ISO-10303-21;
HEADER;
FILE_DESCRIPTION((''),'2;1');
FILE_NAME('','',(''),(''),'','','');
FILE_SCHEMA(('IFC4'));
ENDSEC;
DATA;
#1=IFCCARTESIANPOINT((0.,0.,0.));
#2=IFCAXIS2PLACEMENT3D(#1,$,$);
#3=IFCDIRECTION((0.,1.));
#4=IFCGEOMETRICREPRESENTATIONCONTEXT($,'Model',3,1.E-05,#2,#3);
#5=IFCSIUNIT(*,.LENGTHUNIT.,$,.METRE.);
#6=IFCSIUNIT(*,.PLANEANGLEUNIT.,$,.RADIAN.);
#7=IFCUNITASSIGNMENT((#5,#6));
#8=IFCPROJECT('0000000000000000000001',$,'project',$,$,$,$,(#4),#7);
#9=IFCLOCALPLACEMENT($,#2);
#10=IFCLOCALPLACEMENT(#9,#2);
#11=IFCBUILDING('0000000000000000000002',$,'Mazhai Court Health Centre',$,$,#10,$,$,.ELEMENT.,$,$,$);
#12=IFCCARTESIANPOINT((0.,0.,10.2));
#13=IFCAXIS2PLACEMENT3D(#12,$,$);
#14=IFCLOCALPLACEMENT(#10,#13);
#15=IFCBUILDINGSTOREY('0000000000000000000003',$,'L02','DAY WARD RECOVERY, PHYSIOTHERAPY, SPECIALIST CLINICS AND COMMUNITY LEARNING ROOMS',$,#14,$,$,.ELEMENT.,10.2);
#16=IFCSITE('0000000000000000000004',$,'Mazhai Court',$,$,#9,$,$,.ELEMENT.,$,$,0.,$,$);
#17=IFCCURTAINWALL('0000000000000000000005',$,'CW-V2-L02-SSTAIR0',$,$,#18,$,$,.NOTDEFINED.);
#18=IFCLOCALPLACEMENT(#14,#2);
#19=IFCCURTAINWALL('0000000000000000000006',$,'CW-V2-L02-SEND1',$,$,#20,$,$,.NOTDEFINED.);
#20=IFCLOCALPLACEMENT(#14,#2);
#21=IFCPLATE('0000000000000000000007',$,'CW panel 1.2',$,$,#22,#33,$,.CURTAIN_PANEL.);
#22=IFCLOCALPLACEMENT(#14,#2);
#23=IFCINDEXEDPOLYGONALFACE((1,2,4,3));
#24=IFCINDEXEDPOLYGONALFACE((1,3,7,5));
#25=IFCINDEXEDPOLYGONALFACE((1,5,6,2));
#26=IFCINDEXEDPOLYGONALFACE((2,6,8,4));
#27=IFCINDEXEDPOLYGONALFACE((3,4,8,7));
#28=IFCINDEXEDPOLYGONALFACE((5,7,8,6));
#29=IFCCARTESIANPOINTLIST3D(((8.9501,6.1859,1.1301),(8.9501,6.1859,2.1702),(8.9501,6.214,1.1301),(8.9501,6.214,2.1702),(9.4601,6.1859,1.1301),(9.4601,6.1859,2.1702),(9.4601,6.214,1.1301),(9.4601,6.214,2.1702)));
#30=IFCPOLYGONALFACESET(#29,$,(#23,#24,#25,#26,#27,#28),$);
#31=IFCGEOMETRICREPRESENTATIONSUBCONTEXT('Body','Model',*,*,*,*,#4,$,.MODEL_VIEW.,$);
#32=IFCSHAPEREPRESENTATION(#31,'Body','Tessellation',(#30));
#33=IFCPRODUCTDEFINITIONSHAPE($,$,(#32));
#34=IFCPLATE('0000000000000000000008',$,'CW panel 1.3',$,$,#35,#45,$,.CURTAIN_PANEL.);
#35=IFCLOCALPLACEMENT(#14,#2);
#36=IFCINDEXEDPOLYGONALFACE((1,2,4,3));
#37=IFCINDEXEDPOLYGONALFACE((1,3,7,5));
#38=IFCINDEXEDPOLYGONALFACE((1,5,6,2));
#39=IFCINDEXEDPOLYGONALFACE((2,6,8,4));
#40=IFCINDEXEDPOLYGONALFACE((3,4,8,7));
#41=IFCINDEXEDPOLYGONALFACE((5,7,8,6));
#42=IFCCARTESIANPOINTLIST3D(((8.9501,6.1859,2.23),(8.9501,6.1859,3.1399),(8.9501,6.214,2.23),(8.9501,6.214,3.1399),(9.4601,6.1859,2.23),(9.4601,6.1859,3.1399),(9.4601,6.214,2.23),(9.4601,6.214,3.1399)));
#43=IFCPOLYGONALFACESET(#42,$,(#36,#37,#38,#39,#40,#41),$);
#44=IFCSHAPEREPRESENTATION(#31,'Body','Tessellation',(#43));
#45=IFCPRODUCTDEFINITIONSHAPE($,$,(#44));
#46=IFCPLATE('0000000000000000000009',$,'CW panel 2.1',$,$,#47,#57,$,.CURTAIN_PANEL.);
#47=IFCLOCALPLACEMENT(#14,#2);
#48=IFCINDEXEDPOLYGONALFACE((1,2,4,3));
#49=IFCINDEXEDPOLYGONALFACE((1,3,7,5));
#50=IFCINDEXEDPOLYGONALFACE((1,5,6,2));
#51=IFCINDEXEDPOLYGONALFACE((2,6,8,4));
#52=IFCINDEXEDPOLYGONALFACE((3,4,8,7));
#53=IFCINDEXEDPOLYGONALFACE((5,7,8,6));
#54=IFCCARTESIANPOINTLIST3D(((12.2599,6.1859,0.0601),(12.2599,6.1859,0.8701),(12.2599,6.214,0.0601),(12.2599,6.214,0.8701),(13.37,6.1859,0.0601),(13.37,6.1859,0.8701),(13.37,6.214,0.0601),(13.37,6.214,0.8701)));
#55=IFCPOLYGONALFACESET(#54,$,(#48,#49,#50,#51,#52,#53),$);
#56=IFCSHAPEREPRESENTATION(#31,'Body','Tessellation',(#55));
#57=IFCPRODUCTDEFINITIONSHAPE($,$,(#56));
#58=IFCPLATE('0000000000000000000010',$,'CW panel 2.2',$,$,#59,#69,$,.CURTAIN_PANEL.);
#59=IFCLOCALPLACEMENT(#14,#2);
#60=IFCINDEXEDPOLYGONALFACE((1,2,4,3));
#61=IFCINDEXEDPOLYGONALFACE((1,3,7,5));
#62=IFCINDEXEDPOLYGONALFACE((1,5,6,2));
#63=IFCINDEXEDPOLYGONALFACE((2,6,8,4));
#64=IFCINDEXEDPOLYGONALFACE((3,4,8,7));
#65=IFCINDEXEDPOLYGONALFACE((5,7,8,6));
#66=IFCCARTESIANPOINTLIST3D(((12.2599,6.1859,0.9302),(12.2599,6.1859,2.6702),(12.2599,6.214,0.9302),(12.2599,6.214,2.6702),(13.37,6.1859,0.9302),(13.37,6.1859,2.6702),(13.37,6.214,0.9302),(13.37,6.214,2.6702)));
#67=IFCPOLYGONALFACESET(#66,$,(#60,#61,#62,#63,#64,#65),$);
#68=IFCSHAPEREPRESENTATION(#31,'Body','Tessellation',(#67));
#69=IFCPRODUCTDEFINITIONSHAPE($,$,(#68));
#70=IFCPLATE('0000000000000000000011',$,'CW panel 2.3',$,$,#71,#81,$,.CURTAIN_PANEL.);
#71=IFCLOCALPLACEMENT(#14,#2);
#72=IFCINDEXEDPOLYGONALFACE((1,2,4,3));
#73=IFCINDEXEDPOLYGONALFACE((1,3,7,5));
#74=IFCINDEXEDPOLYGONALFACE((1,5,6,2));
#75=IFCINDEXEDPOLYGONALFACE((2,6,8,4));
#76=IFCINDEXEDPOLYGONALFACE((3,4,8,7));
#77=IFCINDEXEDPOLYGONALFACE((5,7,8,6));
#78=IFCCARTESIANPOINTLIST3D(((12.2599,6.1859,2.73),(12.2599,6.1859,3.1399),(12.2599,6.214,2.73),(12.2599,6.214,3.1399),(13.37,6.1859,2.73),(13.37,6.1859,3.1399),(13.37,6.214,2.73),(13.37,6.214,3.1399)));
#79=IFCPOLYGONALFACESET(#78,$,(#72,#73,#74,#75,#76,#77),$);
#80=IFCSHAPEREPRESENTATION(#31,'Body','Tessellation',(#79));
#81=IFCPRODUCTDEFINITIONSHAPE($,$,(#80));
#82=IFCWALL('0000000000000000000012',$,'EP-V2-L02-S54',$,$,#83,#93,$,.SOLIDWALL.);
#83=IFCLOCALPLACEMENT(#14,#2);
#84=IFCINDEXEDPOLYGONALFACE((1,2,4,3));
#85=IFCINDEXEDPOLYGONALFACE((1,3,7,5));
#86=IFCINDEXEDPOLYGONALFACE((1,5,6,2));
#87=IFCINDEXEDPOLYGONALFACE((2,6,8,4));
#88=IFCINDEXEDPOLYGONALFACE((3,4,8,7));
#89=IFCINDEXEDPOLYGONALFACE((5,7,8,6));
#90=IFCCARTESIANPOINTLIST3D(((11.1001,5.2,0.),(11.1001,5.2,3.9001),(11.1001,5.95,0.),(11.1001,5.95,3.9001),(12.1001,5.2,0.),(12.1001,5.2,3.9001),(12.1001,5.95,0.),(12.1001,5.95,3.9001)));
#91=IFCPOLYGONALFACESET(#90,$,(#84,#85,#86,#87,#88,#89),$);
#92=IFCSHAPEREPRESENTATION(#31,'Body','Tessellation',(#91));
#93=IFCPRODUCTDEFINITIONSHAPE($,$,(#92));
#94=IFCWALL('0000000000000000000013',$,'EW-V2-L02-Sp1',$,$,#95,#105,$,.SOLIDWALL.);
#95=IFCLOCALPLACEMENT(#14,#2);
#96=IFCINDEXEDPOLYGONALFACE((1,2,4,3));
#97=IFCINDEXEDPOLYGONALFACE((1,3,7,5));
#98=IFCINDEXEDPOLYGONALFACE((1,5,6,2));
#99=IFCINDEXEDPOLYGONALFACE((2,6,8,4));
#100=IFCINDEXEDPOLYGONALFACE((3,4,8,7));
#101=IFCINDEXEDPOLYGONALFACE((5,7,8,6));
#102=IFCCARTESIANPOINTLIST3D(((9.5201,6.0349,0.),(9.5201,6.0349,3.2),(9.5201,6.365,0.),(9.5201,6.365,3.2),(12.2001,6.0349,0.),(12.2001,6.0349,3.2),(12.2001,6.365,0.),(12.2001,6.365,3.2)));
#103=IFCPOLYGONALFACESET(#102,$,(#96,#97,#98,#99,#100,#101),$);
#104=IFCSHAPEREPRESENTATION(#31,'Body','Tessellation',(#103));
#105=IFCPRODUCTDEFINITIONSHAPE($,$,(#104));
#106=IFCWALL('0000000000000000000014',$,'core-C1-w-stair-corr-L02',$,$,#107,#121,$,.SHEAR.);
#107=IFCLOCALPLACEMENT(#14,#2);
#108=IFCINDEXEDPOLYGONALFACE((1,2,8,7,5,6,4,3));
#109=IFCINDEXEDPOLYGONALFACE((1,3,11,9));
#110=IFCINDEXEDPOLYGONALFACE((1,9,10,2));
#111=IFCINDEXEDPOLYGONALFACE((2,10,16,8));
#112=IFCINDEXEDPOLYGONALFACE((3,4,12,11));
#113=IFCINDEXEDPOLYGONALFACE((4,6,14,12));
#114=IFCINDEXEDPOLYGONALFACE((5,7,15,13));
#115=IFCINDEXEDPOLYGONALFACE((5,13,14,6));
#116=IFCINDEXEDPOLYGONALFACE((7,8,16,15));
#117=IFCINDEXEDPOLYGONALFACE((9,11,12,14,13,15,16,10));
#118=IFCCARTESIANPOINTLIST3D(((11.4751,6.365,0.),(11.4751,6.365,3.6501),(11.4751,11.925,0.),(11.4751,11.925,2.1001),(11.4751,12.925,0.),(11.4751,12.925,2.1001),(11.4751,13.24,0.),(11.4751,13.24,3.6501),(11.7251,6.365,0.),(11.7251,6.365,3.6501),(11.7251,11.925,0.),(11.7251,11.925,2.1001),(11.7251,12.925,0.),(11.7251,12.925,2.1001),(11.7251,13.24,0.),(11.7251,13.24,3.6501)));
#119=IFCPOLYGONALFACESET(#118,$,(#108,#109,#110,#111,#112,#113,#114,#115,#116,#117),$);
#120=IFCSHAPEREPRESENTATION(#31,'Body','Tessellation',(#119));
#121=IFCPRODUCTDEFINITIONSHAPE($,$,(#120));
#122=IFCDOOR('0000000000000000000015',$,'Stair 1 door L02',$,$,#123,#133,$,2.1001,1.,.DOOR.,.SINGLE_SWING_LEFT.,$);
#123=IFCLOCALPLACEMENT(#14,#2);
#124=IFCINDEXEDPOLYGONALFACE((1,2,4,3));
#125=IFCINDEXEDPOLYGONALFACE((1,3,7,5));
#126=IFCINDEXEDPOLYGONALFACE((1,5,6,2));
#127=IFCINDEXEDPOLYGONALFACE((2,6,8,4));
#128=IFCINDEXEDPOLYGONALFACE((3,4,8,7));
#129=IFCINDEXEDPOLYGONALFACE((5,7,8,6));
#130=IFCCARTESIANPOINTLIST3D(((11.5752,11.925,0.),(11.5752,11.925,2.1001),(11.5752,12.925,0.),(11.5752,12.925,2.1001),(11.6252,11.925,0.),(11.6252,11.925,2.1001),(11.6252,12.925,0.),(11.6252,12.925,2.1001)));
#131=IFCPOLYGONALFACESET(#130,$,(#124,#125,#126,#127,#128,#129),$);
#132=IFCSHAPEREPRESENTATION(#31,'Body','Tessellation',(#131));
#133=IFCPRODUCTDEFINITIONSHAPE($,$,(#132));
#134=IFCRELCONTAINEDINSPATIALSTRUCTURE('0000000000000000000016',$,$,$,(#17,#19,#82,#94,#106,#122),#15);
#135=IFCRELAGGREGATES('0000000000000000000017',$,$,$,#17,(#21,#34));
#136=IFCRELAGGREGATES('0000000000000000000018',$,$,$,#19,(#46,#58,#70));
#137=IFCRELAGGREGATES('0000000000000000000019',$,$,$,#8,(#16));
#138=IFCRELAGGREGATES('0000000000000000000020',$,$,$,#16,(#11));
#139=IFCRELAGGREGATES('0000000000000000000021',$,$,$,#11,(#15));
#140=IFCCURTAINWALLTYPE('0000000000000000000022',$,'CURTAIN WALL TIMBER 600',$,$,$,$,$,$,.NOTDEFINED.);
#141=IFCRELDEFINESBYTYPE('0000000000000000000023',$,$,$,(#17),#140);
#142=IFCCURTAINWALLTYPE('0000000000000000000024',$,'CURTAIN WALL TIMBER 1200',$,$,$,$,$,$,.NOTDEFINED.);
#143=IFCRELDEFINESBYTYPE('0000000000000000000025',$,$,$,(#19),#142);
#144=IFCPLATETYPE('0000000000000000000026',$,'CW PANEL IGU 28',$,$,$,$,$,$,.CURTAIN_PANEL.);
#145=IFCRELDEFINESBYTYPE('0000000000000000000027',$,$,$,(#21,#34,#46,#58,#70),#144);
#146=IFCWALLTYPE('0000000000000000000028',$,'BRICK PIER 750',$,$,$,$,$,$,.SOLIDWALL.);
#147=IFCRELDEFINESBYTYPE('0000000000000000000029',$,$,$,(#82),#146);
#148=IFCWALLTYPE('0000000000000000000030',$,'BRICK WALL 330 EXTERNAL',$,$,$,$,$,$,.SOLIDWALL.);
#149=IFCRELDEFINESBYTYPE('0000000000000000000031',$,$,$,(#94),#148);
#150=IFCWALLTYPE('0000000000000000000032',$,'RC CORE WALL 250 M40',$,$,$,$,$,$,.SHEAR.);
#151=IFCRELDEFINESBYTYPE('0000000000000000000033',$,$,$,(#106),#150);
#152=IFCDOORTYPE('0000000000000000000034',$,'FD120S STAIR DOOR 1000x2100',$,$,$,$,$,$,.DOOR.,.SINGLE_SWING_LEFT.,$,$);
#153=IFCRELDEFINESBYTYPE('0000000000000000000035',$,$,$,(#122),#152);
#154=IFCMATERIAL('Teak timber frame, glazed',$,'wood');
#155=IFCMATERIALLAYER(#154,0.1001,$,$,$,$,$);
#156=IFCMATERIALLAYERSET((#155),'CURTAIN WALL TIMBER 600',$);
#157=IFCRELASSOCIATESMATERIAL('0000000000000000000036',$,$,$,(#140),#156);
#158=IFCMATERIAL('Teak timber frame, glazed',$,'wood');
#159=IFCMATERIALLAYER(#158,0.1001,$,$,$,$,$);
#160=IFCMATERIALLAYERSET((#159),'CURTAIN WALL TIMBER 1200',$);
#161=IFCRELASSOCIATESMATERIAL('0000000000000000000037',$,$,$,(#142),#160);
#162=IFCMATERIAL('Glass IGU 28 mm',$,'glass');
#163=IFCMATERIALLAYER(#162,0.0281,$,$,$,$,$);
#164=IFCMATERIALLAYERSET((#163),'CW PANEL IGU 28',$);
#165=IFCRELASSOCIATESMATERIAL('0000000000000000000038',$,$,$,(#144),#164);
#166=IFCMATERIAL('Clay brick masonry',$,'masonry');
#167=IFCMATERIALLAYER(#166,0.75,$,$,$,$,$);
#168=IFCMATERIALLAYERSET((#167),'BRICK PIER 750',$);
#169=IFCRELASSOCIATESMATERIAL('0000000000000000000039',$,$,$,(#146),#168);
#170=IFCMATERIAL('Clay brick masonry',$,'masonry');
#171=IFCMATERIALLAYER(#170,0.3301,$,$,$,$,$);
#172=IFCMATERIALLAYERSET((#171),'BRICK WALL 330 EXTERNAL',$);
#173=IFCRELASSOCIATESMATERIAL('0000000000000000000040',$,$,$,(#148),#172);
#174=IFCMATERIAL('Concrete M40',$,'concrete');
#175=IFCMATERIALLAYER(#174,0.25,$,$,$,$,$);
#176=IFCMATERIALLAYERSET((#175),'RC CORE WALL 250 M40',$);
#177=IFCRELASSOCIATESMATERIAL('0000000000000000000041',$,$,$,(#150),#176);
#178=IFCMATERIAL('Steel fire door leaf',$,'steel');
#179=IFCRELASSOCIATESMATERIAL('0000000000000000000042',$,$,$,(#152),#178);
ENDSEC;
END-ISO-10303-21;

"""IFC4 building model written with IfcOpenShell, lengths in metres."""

from ifc_helpers import new_model, si_unit, direction, frame, frame_2d, origin, origin_2d, place, context, subcontext, project, spatial, rectangle, extrude, material, layer, layer_set, type_object, element, fill, aggregate, save


model = new_model("IFC4")

# Units and contexts
model_context = context("Model", 3, precision=1e-05, world=origin(), true_north=direction((0.0, 1.0)))
body_context = subcontext(model_context, "Body", "Model", "MODEL_VIEW")
ifc_project = project(units=[si_unit("LENGTHUNIT", "METRE"), si_unit("PLANEANGLEUNIT", "RADIAN")], contexts=[model_context])

# Site, building, storey
site_placement = place(None, origin())
site = spatial("IfcSite", under=ifc_project, at=site_placement, Name="Mazhai Court", CompositionType="ELEMENT", RefElevation=0.0)
building_placement = place(site_placement, origin())
building = spatial("IfcBuilding", under=site, at=building_placement, Name="Mazhai Court Health Centre", CompositionType="ELEMENT")
storey_placement = place(building_placement, frame((0.0, 0.0, 10.2)))
storey = spatial("IfcBuildingStorey", under=building, at=storey_placement, Name="L02", Description="DAY WARD RECOVERY, PHYSIOTHERAPY, SPECIALIST CLINICS AND COMMUNITY LEARNING ROOMS", CompositionType="ELEMENT", Elevation=10.2)

# Curtain wall
ifc_material_1 = material(Name="Teak timber frame, glazed", Category="wood")
ifc_layer_1 = layer(ifc_material_1, 0.1001)
ifc_layer_set_1 = layer_set([ifc_layer_1], Name="CURTAIN WALL TIMBER 600")
curtain_wall_type_1 = type_object("IfcCurtainWallType", Name="CURTAIN WALL TIMBER 600", PredefinedType="NOTDEFINED", material=ifc_layer_set_1)
curtain_wall_1_placement = place(storey_placement, origin())
curtain_wall_1 = element("IfcCurtainWall", 1, at=curtain_wall_1_placement, inside=storey, type_object=curtain_wall_type_1, Name="CW-V2-L02-SSTAIR0", PredefinedType="NOTDEFINED")

# Curtain wall
ifc_material_2 = material(Name="Teak timber frame, glazed", Category="wood")
ifc_layer_2 = layer(ifc_material_2, 0.1001)
ifc_layer_set_2 = layer_set([ifc_layer_2], Name="CURTAIN WALL TIMBER 1200")
curtain_wall_type_2 = type_object("IfcCurtainWallType", Name="CURTAIN WALL TIMBER 1200", PredefinedType="NOTDEFINED", material=ifc_layer_set_2)
curtain_wall_2_placement = place(storey_placement, origin())
curtain_wall_2 = element("IfcCurtainWall", 2, at=curtain_wall_2_placement, inside=storey, type_object=curtain_wall_type_2, Name="CW-V2-L02-SEND1", PredefinedType="NOTDEFINED")

# Plates
ifc_material_3 = material(Name="Glass IGU 28 mm", Category="glass")
ifc_layer_3 = layer(ifc_material_3, 0.0281)
ifc_layer_set_3 = layer_set([ifc_layer_3], Name="CW PANEL IGU 28")
plate_type = type_object("IfcPlateType", Name="CW PANEL IGU 28", PredefinedType="CURTAIN_PANEL", material=ifc_layer_set_3)
plate_1_placement = place(storey_placement, frame((9.2051, 6.2, 1.1301), z_axis=(0.0, 0.0, 1.0), x_axis=(-1.0, 0.0, 0.0)))
plate_1 = element("IfcPlate", 3, at=plate_1_placement, type_object=plate_type, Name="CW panel 1.2", PredefinedType="CURTAIN_PANEL", context=body_context, shape_type="SweptSolid", body=[
    extrude(rectangle(XDim=0.51, YDim=0.0281, at=origin_2d()), origin(), (0.0, 0.0, 1.0), 1.04),
])
plate_2_placement = place(storey_placement, frame((9.2051, 6.2, 2.23), z_axis=(0.0, 0.0, 1.0), x_axis=(-1.0, 0.0, 0.0)))
plate_2 = element("IfcPlate", 4, at=plate_2_placement, type_object=plate_type, Name="CW panel 1.3", PredefinedType="CURTAIN_PANEL", context=body_context, shape_type="SweptSolid", body=[
    extrude(rectangle(XDim=0.51, YDim=0.0281, at=origin_2d()), origin(), (0.0, 0.0, 1.0), 0.9099),
])
aggregate(curtain_wall_1, [plate_1, plate_2])
plate_3_placement = place(storey_placement, frame((12.8149, 6.2, 0.0601), z_axis=(0.0, 0.0, 1.0), x_axis=(-1.0, 0.0, 0.0)))
plate_3 = element("IfcPlate", 5, at=plate_3_placement, type_object=plate_type, Name="CW panel 2.1", PredefinedType="CURTAIN_PANEL", context=body_context, shape_type="SweptSolid", body=[
    extrude(rectangle(XDim=1.1101, YDim=0.0281, at=origin_2d()), origin(), (0.0, 0.0, 1.0), 0.8101),
])
plate_4_placement = place(storey_placement, frame((12.8149, 6.2, 0.9302), z_axis=(0.0, 0.0, 1.0), x_axis=(-1.0, 0.0, 0.0)))
plate_4 = element("IfcPlate", 6, at=plate_4_placement, type_object=plate_type, Name="CW panel 2.2", PredefinedType="CURTAIN_PANEL", context=body_context, shape_type="SweptSolid", body=[
    extrude(rectangle(XDim=1.1101, YDim=0.0281, at=origin_2d()), origin(), (0.0, 0.0, 1.0), 1.74),
])
plate_5_placement = place(storey_placement, frame((12.8149, 6.2, 2.73), z_axis=(0.0, 0.0, 1.0), x_axis=(-1.0, 0.0, 0.0)))
plate_5 = element("IfcPlate", 7, at=plate_5_placement, type_object=plate_type, Name="CW panel 2.3", PredefinedType="CURTAIN_PANEL", context=body_context, shape_type="SweptSolid", body=[
    extrude(rectangle(XDim=1.1101, YDim=0.0281, at=origin_2d()), origin(), (0.0, 0.0, 1.0), 0.4099),
])
aggregate(curtain_wall_2, [plate_3, plate_4, plate_5])

# Walls
ifc_material_4 = material(Name="Clay brick masonry", Category="masonry")
ifc_layer_4 = layer(ifc_material_4, 0.75)
ifc_layer_set_4 = layer_set([ifc_layer_4], Name="BRICK PIER 750")
wall_type_1 = type_object("IfcWallType", Name="BRICK PIER 750", PredefinedType="SOLIDWALL", material=ifc_layer_set_4)
wall_1_placement = place(storey_placement, frame((12.1001, 5.575, 0.0), z_axis=(0.0, 0.0, 1.0), x_axis=(-1.0, 0.0, 0.0)))
element("IfcWall", 8, at=wall_1_placement, inside=storey, type_object=wall_type_1, Name="EP-V2-L02-S54", PredefinedType="SOLIDWALL", context=body_context, shape_type="SweptSolid", body=[
    extrude(rectangle(XDim=1.0, YDim=0.75, at=frame_2d((0.5, 0.0))), origin(), (0.0, 0.0, 1.0), 3.9001),
])
ifc_material_5 = material(Name="Clay brick masonry", Category="masonry")
ifc_layer_5 = layer(ifc_material_5, 0.3301)
ifc_layer_set_5 = layer_set([ifc_layer_5], Name="BRICK WALL 330 EXTERNAL")
wall_type_2 = type_object("IfcWallType", Name="BRICK WALL 330 EXTERNAL", PredefinedType="SOLIDWALL", material=ifc_layer_set_5)
wall_2_placement = place(storey_placement, frame((12.2, 6.2, 0.0), z_axis=(0.0, 0.0, 1.0), x_axis=(-1.0, 0.0, 0.0)))
element("IfcWall", 9, at=wall_2_placement, inside=storey, type_object=wall_type_2, Name="EW-V2-L02-Sp1", PredefinedType="SOLIDWALL", context=body_context, shape_type="SweptSolid", body=[
    extrude(rectangle(XDim=2.6799, YDim=0.3301, at=frame_2d((1.3398, 0.0))), origin(), (0.0, 0.0, 1.0), 3.2),
])

# Wall, opening, door
ifc_material_6 = material(Name="Concrete M40", Category="concrete")
ifc_layer_6 = layer(ifc_material_6, 0.25)
ifc_layer_set_6 = layer_set([ifc_layer_6], Name="RC CORE WALL 250 M40")
wall_type_3 = type_object("IfcWallType", Name="RC CORE WALL 250 M40", PredefinedType="SHEAR", material=ifc_layer_set_6)
wall_3_placement = place(storey_placement, frame((11.6001, 6.365, 0.0), z_axis=(0.0, 0.0, 1.0), x_axis=(0.0, 1.0, 0.0)))
wall_3 = element("IfcWall", 10, at=wall_3_placement, inside=storey, type_object=wall_type_3, Name="core-C1-w-stair-corr-L02", PredefinedType="SHEAR", context=body_context, shape_type="SweptSolid", body=[
    extrude(rectangle(XDim=6.875, YDim=0.25, at=frame_2d((3.4375, 0.0))), origin(), (0.0, 0.0, 1.0), 3.6501),
])
opening_placement = place(wall_3_placement, frame((5.5601, 0.0, 0.0)))
opening = element("IfcOpeningElement", 11, at=opening_placement, cuts=wall_3, PredefinedType="OPENING", context=body_context, shape_type="SweptSolid", body=[
    extrude(rectangle(XDim=1.0, YDim=2.1001, at=frame_2d((0.5, 1.05))), frame((0.0, 0.135, 0.0), z_axis=(0.0, -1.0, 0.0), x_axis=(1.0, 0.0, 0.0)), (0.0, 0.0, 1.0), 0.27),
])
ifc_material_7 = material(Name="Steel fire door leaf", Category="steel")
door_type = type_object("IfcDoorType", Name="FD120S STAIR DOOR 1000x2100", OperationType="SINGLE_SWING_LEFT", PredefinedType="DOOR", material=ifc_material_7)
door_placement = place(opening_placement, origin())
door = element("IfcDoor", 12, at=door_placement, inside=storey, type_object=door_type, Name="Stair 1 door L02", OperationType="SINGLE_SWING_LEFT", OverallHeight=2.1001, OverallWidth=1.0, PredefinedType="DOOR", context=body_context, shape_type="SweptSolid", body=[
    extrude(rectangle(XDim=1.0, YDim=2.1001, at=frame_2d((0.5, 1.05))), frame((0.0, 0.0249, 0.0), z_axis=(0.0, -1.0, 0.0), x_axis=(1.0, 0.0, 0.0)), (0.0, 0.0, 1.0), 0.05),
])
fill(opening, door)

save(model, "model.ifc")
